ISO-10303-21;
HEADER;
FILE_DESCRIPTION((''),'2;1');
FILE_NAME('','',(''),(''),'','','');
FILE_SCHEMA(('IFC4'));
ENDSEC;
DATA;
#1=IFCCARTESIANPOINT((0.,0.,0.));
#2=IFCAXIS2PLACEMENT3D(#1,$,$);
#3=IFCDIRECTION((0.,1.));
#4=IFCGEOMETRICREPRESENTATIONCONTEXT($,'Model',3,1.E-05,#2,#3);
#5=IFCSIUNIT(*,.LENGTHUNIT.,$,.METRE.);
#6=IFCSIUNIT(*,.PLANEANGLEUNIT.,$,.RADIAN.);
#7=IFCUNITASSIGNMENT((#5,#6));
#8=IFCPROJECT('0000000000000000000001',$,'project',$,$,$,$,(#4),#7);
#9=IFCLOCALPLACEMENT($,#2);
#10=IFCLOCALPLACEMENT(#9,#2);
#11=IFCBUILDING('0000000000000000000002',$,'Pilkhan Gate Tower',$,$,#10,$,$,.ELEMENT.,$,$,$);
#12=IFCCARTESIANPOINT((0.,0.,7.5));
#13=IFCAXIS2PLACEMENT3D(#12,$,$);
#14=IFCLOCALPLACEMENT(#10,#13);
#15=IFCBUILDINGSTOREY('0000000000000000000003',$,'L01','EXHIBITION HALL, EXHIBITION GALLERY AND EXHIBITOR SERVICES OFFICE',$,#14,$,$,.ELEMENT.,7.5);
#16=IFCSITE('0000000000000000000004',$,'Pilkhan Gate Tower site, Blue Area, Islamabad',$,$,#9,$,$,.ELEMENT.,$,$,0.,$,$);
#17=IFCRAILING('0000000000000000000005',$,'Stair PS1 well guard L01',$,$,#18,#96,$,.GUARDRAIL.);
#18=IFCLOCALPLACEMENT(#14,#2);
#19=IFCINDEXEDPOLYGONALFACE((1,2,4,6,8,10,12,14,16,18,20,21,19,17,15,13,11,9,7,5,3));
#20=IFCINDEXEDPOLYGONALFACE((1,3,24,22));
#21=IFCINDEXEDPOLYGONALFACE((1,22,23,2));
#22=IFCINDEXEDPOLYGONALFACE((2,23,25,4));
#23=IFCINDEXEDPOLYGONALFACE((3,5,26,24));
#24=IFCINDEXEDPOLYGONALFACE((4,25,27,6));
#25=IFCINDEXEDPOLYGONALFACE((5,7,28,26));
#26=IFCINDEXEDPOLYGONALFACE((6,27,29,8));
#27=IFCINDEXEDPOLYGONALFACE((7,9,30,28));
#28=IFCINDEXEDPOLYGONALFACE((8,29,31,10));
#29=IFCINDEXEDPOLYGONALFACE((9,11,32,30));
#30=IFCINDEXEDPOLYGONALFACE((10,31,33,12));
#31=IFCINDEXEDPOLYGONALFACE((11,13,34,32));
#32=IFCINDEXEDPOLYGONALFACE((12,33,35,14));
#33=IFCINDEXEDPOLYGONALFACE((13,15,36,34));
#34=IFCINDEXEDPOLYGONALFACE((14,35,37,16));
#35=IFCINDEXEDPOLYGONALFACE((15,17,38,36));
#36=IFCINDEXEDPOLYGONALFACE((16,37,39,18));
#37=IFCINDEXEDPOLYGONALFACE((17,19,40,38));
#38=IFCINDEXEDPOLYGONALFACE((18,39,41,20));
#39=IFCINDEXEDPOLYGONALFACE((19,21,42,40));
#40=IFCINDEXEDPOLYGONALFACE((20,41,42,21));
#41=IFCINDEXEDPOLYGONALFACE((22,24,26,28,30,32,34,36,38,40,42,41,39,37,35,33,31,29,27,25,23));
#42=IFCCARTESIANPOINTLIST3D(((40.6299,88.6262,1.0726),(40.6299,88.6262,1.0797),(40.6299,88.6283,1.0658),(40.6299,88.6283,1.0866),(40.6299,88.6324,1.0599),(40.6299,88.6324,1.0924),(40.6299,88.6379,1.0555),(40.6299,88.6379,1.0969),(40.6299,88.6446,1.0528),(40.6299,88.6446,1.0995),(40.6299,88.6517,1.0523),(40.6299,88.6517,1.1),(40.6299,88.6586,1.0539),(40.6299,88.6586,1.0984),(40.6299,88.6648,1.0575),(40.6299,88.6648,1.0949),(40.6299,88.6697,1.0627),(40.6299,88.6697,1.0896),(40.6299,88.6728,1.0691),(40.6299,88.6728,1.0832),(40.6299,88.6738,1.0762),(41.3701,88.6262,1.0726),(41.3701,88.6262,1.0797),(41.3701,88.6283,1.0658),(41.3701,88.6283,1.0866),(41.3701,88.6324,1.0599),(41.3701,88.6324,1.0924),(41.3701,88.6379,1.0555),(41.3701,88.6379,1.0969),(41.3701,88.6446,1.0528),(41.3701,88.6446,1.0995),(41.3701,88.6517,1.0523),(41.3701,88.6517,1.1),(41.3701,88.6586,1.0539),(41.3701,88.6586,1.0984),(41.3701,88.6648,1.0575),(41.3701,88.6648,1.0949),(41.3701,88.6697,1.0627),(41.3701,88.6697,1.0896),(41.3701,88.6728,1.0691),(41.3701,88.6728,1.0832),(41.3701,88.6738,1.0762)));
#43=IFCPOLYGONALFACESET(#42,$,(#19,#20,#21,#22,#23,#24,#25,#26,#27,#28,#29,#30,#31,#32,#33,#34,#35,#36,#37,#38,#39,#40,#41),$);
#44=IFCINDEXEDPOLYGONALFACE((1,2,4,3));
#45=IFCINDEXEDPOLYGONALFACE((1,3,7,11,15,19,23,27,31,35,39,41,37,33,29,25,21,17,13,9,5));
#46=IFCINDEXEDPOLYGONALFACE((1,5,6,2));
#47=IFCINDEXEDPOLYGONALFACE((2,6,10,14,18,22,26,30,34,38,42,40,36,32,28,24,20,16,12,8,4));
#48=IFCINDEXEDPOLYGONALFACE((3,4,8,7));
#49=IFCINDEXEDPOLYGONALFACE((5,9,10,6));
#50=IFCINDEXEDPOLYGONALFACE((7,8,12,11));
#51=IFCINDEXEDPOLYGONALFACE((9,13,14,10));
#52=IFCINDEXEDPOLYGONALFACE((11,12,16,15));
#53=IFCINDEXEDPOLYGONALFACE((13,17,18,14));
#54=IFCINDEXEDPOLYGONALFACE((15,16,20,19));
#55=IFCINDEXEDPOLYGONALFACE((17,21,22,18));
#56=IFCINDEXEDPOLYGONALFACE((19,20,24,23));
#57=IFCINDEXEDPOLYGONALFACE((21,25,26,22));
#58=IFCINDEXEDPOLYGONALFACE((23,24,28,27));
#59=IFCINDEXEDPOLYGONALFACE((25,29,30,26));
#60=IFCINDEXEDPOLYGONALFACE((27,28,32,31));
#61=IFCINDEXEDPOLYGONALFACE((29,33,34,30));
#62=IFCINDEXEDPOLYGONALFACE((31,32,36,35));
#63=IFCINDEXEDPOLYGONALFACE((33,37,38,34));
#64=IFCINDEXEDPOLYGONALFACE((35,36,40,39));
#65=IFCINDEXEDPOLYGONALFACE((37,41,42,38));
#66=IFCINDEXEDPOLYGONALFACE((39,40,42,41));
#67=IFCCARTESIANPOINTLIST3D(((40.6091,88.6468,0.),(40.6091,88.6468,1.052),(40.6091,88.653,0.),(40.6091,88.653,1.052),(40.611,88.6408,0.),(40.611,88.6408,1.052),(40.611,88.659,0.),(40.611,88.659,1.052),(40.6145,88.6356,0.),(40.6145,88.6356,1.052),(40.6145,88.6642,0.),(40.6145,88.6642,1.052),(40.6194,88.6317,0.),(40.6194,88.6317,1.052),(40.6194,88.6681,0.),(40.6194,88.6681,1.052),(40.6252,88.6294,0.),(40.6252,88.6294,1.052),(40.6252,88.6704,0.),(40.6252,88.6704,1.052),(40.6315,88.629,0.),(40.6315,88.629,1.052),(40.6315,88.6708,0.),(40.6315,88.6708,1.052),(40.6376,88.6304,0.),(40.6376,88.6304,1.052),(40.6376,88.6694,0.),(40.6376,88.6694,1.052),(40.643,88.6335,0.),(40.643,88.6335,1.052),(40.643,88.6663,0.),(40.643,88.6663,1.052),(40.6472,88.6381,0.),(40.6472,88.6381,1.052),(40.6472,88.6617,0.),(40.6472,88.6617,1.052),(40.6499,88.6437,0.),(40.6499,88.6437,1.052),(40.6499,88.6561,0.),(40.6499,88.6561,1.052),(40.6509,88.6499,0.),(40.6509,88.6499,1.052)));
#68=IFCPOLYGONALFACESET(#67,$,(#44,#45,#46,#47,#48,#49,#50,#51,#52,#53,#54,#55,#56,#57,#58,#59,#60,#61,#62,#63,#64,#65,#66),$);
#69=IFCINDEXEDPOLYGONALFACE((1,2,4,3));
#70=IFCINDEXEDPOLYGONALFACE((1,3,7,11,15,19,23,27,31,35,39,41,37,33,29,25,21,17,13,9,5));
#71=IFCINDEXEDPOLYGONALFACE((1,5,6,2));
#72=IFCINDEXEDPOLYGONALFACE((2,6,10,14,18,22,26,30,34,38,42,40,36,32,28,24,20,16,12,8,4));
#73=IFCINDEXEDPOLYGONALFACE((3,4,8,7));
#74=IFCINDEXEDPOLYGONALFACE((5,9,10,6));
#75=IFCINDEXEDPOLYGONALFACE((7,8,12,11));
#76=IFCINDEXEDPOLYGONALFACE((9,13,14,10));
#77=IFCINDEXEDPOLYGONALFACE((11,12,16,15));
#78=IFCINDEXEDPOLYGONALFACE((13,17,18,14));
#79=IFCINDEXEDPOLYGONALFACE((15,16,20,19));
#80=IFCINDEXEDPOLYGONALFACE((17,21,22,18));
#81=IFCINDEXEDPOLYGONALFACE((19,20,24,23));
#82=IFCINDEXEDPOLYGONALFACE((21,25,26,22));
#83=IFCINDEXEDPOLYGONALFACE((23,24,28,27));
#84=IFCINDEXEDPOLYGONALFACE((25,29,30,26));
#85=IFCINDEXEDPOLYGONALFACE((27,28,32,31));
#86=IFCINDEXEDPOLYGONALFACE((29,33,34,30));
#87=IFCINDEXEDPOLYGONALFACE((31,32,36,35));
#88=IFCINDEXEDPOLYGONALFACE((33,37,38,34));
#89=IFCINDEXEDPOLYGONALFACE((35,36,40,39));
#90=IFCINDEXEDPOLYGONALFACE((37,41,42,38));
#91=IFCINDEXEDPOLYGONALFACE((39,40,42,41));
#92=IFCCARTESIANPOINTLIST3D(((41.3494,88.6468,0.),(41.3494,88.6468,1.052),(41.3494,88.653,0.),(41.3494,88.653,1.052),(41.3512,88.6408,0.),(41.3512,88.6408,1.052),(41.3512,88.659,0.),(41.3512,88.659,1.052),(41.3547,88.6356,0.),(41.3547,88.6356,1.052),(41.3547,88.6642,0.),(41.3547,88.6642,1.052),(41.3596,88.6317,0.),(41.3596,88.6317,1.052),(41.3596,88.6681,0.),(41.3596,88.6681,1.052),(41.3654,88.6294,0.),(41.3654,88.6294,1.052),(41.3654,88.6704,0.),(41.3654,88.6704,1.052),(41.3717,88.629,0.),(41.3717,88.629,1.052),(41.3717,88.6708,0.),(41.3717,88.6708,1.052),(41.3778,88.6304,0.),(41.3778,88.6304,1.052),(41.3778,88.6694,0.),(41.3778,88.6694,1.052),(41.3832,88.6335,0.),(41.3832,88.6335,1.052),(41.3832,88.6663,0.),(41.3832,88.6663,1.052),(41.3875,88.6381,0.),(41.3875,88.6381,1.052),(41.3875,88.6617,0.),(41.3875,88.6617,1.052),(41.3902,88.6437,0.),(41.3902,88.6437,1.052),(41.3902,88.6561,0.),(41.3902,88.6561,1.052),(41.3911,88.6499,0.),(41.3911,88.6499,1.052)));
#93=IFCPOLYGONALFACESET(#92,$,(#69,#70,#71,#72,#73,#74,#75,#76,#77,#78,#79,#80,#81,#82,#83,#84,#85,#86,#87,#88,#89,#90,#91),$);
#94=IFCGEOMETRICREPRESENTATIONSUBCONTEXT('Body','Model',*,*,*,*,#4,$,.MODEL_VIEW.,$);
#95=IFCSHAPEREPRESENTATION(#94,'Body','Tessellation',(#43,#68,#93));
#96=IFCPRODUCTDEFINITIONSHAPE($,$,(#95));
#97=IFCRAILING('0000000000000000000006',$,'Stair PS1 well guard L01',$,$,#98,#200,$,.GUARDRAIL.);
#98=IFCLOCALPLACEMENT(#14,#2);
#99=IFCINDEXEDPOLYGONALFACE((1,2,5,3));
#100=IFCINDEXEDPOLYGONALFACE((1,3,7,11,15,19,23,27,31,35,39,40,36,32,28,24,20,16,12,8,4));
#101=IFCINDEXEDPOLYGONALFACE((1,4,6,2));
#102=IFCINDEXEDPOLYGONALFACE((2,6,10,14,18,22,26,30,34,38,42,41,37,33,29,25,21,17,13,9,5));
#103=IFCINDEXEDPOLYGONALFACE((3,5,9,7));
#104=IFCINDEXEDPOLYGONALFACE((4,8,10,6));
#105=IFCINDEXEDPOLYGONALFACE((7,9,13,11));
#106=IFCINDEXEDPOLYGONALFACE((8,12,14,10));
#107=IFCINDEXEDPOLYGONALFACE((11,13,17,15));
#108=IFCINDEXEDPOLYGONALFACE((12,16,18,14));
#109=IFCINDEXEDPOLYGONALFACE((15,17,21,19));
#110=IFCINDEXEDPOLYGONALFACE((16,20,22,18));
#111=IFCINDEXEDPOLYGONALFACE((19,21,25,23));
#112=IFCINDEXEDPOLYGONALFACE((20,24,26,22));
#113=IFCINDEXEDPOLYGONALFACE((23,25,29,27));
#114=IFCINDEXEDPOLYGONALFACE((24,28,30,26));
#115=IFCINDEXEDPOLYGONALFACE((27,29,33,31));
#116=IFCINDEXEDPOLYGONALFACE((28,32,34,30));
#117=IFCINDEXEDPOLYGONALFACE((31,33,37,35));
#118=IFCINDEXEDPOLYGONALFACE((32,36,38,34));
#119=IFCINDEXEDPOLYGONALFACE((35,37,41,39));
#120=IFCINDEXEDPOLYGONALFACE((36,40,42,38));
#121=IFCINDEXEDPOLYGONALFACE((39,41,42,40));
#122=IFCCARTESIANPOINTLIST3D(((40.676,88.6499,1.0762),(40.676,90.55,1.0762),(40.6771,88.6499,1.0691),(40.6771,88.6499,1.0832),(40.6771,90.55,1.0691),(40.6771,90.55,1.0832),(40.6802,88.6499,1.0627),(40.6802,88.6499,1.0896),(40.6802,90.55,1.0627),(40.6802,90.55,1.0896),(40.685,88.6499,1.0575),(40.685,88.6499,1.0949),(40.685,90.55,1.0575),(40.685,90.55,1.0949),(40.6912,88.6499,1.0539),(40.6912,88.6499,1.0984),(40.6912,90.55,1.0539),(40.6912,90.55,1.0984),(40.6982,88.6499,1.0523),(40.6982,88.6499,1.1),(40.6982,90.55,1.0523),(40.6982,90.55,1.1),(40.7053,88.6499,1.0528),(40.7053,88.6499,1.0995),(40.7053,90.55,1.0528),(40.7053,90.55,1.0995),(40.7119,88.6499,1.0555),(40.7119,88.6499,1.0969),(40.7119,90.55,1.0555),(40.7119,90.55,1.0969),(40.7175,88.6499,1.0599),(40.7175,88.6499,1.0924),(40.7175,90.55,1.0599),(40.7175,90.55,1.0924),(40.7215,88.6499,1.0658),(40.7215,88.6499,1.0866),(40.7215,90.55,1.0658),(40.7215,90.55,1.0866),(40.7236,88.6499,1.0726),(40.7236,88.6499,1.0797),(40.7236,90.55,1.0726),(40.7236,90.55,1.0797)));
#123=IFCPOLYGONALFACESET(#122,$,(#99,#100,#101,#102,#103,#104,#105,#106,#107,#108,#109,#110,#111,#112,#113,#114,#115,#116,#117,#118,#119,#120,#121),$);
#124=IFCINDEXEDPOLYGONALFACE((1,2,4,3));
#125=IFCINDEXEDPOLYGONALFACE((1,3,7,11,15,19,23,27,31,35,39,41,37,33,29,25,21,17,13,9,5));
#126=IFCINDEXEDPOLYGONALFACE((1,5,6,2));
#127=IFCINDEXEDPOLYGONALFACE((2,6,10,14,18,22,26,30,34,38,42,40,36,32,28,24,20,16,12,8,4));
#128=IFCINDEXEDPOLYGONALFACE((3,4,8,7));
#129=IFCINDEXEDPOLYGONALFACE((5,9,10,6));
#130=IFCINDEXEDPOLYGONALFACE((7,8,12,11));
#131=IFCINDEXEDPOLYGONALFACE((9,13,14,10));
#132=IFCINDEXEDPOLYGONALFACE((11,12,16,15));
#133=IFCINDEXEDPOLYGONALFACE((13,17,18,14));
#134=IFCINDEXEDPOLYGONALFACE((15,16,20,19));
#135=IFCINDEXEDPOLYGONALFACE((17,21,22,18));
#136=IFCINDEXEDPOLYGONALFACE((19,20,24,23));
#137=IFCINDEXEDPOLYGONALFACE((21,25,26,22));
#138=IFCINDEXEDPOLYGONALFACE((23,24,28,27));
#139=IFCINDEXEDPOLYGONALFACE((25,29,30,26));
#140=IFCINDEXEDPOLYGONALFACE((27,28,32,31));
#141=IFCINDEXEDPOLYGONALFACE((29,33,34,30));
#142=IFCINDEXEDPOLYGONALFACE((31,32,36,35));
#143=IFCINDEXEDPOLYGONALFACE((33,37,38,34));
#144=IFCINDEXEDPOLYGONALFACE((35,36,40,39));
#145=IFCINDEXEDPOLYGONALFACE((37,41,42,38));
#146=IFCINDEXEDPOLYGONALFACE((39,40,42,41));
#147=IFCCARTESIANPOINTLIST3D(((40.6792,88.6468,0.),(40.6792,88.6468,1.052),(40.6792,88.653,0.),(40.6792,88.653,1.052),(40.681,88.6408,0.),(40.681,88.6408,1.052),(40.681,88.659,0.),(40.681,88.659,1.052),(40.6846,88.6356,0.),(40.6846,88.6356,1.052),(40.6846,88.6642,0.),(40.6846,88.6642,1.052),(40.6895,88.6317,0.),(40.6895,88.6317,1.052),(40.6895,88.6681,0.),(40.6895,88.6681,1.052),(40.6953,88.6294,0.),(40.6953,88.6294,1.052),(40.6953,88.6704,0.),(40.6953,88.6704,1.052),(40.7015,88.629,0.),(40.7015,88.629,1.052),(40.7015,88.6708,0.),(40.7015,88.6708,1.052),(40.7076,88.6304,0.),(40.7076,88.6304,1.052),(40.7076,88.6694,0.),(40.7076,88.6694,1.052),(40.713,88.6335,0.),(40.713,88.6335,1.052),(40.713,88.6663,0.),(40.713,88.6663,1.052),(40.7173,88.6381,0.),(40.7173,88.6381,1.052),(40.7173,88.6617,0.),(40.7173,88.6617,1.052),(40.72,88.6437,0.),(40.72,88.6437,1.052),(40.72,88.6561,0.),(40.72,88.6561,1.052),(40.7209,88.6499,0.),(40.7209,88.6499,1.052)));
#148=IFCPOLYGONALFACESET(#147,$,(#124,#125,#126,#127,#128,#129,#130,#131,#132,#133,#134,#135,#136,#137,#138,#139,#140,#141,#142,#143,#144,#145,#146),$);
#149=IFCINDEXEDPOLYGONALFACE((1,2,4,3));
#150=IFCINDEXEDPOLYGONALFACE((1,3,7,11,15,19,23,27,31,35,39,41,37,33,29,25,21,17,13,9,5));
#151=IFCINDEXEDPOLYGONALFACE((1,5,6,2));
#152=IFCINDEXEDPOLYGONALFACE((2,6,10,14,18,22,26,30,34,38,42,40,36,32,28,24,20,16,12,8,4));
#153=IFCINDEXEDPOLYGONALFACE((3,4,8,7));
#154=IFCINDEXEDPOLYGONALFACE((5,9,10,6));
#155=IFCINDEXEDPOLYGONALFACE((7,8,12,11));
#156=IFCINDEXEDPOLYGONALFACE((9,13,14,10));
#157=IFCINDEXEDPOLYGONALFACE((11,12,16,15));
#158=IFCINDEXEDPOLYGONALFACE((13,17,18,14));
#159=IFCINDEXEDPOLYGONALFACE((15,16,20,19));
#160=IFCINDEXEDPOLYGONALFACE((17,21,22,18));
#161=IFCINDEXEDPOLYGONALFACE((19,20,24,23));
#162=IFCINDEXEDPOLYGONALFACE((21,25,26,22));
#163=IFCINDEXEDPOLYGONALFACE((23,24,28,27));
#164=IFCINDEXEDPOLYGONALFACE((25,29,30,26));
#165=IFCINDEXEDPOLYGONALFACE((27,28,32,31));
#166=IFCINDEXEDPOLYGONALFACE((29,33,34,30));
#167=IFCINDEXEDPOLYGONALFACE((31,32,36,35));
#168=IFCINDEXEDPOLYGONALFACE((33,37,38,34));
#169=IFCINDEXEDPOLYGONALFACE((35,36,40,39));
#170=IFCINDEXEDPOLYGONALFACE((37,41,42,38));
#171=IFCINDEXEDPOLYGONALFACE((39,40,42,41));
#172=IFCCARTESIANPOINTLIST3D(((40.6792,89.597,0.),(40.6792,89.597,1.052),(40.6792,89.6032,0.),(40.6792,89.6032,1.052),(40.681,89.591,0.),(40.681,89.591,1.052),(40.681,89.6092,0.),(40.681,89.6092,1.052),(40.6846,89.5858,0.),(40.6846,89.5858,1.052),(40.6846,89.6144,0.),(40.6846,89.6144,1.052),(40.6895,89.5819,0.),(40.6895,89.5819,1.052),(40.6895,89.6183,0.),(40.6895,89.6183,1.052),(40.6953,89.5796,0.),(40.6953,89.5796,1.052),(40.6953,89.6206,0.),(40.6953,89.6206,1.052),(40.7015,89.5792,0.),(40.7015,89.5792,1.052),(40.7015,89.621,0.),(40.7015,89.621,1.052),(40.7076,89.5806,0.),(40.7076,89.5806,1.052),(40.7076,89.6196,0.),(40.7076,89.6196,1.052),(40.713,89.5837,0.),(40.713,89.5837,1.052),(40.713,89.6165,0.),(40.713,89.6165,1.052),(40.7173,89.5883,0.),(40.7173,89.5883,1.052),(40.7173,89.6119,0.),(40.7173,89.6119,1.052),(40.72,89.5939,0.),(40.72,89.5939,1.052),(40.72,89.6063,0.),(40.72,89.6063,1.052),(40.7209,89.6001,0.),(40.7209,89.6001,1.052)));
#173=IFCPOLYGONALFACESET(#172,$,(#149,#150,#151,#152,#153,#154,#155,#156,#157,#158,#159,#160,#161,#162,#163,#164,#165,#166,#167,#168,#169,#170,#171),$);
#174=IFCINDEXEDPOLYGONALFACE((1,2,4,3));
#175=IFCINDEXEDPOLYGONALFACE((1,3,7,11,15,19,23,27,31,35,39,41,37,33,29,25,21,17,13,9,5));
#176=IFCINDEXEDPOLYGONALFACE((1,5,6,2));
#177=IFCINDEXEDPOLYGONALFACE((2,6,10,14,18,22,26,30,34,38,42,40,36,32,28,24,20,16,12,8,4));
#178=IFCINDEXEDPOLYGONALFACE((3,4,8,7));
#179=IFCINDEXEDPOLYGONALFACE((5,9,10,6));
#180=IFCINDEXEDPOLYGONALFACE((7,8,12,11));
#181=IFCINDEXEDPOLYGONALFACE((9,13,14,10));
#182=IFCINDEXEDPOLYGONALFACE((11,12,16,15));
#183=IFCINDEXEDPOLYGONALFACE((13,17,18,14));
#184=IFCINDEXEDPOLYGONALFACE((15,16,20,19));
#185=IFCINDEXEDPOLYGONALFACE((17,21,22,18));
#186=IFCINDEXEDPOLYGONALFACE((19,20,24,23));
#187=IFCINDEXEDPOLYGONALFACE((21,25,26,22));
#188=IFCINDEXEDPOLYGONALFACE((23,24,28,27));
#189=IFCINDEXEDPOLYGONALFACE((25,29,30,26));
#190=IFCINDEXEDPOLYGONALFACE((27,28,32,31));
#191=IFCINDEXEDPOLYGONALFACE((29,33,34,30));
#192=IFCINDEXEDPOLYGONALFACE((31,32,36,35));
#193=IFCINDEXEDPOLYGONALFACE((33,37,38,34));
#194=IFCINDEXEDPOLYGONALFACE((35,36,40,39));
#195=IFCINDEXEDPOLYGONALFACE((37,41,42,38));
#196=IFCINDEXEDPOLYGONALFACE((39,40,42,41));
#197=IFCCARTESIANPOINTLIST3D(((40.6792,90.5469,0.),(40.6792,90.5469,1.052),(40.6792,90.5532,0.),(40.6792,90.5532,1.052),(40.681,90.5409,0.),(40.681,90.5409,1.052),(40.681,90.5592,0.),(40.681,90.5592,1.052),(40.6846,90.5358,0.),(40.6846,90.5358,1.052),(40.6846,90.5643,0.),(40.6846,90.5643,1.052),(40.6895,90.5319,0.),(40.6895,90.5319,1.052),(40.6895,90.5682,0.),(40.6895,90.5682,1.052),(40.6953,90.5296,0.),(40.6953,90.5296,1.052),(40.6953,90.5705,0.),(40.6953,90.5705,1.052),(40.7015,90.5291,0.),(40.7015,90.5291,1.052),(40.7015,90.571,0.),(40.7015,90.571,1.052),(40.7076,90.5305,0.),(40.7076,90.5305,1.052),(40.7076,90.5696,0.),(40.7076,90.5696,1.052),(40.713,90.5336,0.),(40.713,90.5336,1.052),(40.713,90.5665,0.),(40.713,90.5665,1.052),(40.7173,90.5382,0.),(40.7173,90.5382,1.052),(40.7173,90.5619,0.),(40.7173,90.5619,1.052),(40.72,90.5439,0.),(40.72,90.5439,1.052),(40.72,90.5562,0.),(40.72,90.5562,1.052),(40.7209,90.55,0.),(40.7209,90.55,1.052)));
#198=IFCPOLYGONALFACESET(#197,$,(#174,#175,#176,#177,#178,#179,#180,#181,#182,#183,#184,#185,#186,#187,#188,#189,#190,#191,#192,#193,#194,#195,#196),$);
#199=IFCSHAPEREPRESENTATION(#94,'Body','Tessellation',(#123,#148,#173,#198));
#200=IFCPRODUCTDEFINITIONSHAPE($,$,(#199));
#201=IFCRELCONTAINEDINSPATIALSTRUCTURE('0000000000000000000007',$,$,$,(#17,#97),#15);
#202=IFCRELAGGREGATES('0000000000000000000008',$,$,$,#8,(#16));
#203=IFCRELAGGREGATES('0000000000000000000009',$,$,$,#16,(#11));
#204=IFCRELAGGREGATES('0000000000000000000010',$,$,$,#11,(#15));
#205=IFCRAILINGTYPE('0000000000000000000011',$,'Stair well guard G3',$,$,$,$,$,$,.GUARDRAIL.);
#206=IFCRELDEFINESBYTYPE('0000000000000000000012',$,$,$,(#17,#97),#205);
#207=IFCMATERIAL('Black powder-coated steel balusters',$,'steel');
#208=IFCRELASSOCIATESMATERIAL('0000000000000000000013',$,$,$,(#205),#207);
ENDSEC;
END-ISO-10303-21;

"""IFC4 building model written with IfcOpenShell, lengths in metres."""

from ifc_helpers import new_model, si_unit, direction, frame, origin, origin_2d, place, context, subcontext, project, spatial, circle, extrude, material, type_object, element, save


model = new_model("IFC4")

# Units and contexts
model_context = context("Model", 3, precision=1e-05, world=origin(), true_north=direction((0.0, 1.0)))
body_context = subcontext(model_context, "Body", "Model", "MODEL_VIEW")
ifc_project = project(units=[si_unit("LENGTHUNIT", "METRE"), si_unit("PLANEANGLEUNIT", "RADIAN")], contexts=[model_context])

# Site, building, storey
site_placement = place(None, origin())
site = spatial("IfcSite", under=ifc_project, at=site_placement, Name="Pilkhan Gate Tower site, Blue Area, Islamabad", CompositionType="ELEMENT", RefElevation=0.0)
building_placement = place(site_placement, origin())
building = spatial("IfcBuilding", under=site, at=building_placement, Name="Pilkhan Gate Tower", CompositionType="ELEMENT")
storey_placement = place(building_placement, frame((0.0, 0.0, 7.5)))
storey = spatial("IfcBuildingStorey", under=building, at=storey_placement, Name="L01", Description="EXHIBITION HALL, EXHIBITION GALLERY AND EXHIBITOR SERVICES OFFICE", CompositionType="ELEMENT", Elevation=7.5)

# Railings
ifc_material_1 = material(Name="Black powder-coated steel balusters", Category="steel")
railing_type_1 = type_object("IfcRailingType", Name="Stair well guard G3", PredefinedType="GUARDRAIL", material=ifc_material_1)
railing_1_placement = place(storey_placement, frame((40.6299, 88.6499, 0.0)))
element("IfcRailing", 1, at=railing_1_placement, inside=storey, type_object=railing_type_1, Name="Stair PS1 well guard L01", PredefinedType="GUARDRAIL", context=body_context, shape_type="SweptSolid", body=[
    extrude(circle(Radius=0.0239, at=origin_2d()), frame((0.0, 0.0, 1.0762), z_axis=(1.0, 0.0, 0.0), x_axis=(0.0, 1.0, 0.0)), (0.0, 0.0, 1.0), 0.7402),
    extrude(circle(Radius=0.021, at=origin_2d()), origin(), (0.0, 0.0, 1.0), 1.052),
    extrude(circle(Radius=0.021, at=origin_2d()), frame((0.7402, 0.0, 0.0)), (0.0, 0.0, 1.0), 1.052),
])
railing_2_placement = place(storey_placement, frame((40.7, 88.6499, 0.0)))
element("IfcRailing", 2, at=railing_2_placement, inside=storey, type_object=railing_type_1, Name="Stair PS1 well guard L01", PredefinedType="GUARDRAIL", context=body_context, shape_type="SweptSolid", body=[
    extrude(circle(Radius=0.0239, at=origin_2d()), frame((0.0, 0.0, 1.0762), z_axis=(0.0, 1.0, 0.0), x_axis=(-1.0, 0.0, 0.0)), (0.0, 0.0, 1.0), 1.9001),
    extrude(circle(Radius=0.021, at=origin_2d()), origin(), (0.0, 0.0, 1.0), 1.052),
    extrude(circle(Radius=0.021, at=origin_2d()), frame((0.0, 0.9502, 0.0)), (0.0, 0.0, 1.0), 1.052),
    extrude(circle(Radius=0.021, at=origin_2d()), frame((0.0, 1.9001, 0.0)), (0.0, 0.0, 1.0), 1.052),
])

save(model, "model.ifc")
